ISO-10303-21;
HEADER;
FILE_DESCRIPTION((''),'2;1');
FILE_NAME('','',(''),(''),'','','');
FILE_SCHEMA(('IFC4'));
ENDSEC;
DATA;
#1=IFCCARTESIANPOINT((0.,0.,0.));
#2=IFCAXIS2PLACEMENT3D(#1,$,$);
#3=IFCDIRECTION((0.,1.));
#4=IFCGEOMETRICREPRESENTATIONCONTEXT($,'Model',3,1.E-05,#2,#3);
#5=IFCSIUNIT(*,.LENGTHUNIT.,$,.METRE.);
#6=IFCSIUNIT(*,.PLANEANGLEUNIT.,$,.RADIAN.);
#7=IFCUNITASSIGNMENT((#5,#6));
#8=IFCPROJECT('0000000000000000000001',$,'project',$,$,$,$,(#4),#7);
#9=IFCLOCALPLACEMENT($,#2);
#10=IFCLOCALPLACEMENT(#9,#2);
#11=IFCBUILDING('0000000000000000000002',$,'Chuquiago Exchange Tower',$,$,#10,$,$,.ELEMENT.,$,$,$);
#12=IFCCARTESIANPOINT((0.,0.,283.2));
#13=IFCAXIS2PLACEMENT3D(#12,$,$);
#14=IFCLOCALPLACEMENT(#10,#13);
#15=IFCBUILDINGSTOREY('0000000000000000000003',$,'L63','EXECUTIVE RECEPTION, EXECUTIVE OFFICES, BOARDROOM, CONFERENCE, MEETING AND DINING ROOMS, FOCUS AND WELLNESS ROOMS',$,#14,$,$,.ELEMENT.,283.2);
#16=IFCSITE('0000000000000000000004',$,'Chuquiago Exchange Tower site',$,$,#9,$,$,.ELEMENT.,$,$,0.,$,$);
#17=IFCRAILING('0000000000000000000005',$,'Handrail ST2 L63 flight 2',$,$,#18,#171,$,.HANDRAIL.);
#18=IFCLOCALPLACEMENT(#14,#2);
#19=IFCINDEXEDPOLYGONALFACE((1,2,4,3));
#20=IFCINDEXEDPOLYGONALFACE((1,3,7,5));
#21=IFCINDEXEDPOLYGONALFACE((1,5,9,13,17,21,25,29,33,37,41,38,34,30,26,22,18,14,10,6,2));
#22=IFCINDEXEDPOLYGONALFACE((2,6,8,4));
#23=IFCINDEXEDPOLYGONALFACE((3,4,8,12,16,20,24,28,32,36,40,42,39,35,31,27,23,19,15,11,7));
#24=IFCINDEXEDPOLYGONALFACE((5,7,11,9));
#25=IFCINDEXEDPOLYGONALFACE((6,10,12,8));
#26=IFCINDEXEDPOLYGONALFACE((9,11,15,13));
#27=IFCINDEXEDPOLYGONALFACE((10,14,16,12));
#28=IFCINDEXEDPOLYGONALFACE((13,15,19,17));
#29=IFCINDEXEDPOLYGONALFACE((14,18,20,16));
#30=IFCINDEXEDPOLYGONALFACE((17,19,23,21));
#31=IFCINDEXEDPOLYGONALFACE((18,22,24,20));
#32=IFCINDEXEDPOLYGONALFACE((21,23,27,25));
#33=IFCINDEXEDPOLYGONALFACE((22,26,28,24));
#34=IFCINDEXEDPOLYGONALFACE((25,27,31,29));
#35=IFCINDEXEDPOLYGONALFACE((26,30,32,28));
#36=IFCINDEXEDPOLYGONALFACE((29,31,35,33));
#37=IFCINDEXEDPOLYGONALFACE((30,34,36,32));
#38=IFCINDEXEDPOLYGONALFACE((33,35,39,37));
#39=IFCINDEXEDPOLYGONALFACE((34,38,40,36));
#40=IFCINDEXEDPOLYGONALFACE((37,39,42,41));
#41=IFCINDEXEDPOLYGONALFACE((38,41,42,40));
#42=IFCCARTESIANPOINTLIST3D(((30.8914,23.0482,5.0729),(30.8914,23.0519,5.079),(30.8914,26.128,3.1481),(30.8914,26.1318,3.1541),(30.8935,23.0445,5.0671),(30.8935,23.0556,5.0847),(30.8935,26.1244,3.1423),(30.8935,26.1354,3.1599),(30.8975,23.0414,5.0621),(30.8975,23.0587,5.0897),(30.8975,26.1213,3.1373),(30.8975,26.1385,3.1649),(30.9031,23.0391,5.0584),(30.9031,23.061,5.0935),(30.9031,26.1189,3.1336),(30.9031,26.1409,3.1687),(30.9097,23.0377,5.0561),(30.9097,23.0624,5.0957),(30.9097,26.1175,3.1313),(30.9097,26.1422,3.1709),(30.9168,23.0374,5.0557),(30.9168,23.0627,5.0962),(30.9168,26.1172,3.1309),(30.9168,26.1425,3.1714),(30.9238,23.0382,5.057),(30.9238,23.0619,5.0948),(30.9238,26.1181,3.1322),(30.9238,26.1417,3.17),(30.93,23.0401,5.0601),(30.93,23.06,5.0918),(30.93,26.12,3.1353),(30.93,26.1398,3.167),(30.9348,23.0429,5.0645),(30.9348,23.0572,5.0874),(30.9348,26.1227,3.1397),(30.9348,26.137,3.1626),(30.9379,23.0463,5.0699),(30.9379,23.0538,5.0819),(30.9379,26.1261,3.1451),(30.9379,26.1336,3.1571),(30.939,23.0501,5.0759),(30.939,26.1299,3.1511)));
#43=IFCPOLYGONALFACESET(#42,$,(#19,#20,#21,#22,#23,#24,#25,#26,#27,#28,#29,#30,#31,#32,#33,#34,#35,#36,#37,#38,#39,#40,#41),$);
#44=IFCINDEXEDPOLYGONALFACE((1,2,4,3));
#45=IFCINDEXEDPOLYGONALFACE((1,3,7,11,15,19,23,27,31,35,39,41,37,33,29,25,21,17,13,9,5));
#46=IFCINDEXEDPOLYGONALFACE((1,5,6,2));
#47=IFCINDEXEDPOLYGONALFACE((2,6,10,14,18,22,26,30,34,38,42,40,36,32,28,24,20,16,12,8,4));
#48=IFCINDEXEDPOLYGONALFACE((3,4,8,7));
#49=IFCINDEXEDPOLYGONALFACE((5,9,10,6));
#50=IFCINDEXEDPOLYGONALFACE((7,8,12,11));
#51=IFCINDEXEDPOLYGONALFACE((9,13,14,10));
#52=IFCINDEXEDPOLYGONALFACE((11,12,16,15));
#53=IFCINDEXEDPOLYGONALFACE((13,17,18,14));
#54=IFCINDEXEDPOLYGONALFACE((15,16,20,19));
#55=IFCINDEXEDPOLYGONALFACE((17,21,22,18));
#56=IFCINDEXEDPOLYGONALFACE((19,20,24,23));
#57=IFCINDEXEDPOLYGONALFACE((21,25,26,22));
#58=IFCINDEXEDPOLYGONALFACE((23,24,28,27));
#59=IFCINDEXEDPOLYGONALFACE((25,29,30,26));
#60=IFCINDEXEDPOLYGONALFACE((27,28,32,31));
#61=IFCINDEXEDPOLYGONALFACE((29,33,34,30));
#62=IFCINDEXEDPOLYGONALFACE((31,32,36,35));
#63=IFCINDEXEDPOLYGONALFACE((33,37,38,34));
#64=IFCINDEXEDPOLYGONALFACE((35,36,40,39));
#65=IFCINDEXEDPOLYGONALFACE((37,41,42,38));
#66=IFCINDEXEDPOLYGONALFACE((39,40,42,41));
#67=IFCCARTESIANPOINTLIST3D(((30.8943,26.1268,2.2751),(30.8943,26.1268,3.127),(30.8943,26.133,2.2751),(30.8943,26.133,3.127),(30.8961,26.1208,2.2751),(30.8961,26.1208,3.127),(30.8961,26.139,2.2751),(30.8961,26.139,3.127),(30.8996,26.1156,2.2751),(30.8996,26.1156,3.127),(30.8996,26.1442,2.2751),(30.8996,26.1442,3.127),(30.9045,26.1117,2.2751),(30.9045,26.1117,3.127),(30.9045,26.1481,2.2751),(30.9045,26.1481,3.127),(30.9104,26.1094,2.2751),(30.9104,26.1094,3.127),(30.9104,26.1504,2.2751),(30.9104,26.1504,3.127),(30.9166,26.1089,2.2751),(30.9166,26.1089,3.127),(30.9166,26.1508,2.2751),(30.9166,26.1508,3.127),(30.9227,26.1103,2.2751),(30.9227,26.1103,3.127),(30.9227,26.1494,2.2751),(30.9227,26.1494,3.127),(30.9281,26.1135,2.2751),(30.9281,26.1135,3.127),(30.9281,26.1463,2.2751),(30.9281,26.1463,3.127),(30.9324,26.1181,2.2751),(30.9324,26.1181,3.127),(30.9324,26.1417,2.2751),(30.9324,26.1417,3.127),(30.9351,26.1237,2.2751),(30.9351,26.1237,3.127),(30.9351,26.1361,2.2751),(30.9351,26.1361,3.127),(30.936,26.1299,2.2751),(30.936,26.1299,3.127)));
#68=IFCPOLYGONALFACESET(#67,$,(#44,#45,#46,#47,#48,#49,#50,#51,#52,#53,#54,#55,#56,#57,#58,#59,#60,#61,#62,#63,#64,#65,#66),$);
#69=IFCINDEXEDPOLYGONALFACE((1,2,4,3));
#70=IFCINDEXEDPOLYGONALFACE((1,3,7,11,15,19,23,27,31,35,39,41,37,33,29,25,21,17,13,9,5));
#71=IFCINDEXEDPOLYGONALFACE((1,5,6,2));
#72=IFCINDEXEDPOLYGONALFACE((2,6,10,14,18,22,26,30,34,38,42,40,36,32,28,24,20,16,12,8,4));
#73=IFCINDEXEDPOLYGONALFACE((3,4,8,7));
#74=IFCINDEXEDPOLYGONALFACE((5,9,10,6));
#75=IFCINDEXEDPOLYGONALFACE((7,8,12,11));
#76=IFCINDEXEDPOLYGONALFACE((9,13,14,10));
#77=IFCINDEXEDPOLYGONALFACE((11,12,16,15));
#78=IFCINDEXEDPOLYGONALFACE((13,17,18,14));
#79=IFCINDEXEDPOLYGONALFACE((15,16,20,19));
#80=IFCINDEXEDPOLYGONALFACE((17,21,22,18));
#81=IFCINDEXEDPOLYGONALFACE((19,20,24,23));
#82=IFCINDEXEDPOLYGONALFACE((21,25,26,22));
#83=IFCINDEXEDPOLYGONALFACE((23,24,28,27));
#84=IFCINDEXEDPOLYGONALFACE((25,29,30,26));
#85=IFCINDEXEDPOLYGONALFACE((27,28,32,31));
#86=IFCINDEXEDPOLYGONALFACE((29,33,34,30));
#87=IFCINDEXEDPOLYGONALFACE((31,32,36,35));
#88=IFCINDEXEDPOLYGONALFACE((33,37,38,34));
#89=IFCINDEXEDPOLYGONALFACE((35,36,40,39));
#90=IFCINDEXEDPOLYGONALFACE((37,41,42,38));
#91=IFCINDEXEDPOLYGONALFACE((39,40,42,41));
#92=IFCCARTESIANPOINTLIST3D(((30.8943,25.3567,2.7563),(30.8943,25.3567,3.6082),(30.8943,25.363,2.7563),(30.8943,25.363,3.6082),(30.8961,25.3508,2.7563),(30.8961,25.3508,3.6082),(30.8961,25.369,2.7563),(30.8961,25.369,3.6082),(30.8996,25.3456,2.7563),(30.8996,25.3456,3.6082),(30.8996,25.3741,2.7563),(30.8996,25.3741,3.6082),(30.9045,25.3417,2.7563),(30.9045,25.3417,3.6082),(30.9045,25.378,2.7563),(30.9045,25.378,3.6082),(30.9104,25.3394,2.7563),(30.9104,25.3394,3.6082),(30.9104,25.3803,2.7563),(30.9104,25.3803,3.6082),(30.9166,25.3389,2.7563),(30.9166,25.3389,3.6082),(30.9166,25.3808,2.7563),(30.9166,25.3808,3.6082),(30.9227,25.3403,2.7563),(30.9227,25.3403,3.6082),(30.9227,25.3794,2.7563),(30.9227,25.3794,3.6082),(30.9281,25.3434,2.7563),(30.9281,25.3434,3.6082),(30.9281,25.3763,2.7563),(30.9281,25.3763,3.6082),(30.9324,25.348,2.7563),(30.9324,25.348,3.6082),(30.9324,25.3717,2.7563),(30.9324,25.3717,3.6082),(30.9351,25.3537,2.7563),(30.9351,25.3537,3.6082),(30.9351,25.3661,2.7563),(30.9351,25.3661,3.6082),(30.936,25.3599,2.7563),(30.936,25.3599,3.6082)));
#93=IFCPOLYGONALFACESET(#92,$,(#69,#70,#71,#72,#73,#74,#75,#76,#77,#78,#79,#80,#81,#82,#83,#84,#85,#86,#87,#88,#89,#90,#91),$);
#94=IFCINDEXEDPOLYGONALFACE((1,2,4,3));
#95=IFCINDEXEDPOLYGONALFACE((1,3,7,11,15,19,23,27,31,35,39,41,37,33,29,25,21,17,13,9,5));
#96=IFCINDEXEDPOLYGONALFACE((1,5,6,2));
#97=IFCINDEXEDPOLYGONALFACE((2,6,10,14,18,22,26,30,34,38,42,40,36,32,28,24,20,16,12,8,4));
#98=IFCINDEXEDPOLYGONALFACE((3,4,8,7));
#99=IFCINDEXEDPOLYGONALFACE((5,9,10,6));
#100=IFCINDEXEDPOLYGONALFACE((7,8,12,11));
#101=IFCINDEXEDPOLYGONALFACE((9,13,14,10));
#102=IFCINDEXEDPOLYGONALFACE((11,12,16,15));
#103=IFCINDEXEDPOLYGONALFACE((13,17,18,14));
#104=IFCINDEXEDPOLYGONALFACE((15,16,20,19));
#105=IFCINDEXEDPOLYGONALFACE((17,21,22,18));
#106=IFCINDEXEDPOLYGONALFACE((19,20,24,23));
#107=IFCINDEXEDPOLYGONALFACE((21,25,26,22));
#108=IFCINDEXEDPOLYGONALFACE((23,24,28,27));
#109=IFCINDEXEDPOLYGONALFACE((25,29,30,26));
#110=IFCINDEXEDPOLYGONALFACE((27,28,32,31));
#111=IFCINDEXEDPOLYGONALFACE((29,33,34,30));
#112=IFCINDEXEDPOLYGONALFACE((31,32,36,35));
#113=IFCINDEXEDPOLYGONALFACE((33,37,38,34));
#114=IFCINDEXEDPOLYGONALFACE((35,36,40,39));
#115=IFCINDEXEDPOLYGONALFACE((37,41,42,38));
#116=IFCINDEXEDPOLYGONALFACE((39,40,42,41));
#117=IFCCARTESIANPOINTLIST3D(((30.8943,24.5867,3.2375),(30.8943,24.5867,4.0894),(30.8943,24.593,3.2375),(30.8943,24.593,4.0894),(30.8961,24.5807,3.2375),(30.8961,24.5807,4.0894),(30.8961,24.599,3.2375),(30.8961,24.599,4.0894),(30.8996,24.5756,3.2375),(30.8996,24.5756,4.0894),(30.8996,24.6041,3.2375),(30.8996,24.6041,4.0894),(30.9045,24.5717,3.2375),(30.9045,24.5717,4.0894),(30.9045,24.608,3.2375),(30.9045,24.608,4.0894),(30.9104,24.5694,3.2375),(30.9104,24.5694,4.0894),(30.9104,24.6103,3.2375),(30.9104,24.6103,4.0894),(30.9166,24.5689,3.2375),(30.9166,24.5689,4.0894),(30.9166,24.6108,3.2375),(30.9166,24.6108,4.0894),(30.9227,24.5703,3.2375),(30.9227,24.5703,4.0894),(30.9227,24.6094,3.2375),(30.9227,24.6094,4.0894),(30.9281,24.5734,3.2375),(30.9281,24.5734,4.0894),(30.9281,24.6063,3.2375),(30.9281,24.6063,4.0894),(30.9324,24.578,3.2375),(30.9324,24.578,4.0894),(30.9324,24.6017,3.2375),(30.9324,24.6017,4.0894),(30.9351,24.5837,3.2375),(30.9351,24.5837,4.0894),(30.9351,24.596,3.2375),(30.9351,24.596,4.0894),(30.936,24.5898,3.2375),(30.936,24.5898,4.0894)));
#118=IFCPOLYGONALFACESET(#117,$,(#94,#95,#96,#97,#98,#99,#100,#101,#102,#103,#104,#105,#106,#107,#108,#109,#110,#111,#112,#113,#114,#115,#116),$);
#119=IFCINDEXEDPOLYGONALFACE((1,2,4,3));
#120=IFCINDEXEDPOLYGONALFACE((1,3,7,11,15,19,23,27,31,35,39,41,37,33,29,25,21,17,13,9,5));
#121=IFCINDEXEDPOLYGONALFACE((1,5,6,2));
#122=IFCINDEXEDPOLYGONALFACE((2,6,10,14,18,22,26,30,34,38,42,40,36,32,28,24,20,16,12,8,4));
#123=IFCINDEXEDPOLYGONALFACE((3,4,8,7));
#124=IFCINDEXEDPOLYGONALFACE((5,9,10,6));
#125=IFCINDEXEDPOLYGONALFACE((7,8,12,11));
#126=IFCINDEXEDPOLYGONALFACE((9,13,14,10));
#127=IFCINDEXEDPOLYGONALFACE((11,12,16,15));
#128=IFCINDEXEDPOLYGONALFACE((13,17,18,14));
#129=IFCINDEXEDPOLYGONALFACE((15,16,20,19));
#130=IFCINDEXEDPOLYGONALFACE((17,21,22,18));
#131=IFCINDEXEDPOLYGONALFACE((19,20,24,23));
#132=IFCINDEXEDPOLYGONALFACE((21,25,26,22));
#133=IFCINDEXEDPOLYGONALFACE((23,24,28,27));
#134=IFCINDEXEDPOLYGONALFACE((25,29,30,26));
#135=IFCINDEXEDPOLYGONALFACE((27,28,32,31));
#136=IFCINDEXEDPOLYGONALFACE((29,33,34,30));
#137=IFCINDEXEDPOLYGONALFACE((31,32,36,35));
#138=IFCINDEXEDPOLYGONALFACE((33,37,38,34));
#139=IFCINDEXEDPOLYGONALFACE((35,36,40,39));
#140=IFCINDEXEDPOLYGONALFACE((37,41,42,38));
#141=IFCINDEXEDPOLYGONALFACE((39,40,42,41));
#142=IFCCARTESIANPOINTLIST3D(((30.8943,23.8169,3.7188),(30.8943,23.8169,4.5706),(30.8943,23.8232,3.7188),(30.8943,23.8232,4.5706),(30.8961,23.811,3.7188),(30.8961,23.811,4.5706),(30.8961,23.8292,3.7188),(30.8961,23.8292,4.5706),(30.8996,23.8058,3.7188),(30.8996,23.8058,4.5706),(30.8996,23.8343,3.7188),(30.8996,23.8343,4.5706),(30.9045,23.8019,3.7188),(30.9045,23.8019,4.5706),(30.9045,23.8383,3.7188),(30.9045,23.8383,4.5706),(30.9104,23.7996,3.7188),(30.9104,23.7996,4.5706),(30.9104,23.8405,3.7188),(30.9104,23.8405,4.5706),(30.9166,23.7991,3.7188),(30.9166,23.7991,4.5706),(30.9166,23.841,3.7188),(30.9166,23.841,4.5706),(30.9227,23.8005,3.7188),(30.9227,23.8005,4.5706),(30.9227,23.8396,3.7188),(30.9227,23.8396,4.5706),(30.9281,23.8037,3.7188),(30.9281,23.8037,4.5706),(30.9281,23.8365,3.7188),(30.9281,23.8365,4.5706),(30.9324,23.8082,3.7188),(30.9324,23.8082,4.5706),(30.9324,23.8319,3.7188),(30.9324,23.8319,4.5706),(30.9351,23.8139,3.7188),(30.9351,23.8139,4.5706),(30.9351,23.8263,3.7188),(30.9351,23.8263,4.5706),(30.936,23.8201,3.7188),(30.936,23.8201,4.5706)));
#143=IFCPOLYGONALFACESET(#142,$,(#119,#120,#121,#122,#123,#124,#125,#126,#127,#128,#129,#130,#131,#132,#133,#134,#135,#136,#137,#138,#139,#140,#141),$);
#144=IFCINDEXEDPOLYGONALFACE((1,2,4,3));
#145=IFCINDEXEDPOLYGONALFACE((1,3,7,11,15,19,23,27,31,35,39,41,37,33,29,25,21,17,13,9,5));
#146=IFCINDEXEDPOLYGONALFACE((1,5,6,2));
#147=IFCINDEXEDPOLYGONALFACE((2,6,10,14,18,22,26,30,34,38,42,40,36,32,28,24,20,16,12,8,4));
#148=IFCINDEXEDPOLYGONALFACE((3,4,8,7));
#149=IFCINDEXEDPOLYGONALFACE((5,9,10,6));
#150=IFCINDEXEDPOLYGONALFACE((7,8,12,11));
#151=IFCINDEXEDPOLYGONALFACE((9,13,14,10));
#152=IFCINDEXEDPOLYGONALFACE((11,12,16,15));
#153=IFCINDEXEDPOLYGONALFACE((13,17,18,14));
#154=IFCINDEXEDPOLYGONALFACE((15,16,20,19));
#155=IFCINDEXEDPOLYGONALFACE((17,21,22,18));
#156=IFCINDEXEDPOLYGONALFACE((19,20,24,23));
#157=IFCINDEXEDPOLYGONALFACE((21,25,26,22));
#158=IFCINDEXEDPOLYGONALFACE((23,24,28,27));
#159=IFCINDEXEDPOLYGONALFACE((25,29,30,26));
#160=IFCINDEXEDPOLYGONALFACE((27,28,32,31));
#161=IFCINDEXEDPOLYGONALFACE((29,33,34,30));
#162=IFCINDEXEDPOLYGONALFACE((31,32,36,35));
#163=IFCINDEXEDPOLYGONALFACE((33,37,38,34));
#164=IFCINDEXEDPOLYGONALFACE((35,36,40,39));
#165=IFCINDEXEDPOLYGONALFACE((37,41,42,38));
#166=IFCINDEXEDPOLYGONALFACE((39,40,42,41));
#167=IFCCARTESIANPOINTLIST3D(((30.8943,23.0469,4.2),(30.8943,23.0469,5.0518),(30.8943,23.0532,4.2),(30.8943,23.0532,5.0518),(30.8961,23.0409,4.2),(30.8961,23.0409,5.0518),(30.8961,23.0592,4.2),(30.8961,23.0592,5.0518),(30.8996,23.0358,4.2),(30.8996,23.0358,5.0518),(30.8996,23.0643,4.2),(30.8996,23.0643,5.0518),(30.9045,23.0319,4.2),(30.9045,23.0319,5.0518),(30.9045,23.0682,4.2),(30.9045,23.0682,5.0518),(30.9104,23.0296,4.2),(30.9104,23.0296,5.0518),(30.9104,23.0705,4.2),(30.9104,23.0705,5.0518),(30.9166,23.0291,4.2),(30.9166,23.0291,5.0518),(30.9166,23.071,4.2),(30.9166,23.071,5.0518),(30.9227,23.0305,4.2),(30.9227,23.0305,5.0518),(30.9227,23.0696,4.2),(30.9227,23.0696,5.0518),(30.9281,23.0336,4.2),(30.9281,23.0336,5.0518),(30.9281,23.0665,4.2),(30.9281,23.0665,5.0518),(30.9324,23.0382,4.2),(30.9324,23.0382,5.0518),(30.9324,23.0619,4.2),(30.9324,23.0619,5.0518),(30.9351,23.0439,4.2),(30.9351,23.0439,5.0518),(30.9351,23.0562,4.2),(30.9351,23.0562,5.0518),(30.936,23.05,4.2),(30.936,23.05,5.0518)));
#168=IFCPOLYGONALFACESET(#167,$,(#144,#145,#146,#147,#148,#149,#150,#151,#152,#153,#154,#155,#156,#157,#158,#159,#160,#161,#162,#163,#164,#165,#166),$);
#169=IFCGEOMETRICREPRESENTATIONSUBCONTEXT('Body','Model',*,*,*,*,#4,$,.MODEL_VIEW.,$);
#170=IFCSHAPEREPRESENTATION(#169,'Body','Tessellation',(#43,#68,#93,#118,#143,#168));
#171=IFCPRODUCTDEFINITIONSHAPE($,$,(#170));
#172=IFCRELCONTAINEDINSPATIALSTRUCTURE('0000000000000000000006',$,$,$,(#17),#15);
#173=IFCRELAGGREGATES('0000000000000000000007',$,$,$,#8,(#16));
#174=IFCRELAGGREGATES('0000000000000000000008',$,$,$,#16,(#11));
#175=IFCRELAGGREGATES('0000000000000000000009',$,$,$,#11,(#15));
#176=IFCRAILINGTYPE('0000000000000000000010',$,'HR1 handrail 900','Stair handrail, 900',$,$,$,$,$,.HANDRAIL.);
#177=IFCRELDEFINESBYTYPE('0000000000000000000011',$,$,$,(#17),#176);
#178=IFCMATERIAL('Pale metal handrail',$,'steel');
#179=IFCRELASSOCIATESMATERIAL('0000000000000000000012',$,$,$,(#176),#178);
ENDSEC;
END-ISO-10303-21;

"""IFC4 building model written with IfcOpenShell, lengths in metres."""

from ifc_helpers import new_model, si_unit, direction, frame, origin, origin_2d, place, context, subcontext, project, spatial, circle, extrude, material, type_object, element, save


model = new_model("IFC4")

# Units and contexts
model_context = context("Model", 3, precision=1e-05, world=origin(), true_north=direction((0.0, 1.0)))
body_context = subcontext(model_context, "Body", "Model", "MODEL_VIEW")
ifc_project = project(units=[si_unit("LENGTHUNIT", "METRE"), si_unit("PLANEANGLEUNIT", "RADIAN")], contexts=[model_context])

# Site, building, storey
site_placement = place(None, origin())
site = spatial("IfcSite", under=ifc_project, at=site_placement, Name="Chuquiago Exchange Tower site", CompositionType="ELEMENT", RefElevation=0.0)
building_placement = place(site_placement, origin())
building = spatial("IfcBuilding", under=site, at=building_placement, Name="Chuquiago Exchange Tower", CompositionType="ELEMENT")
storey_placement = place(building_placement, frame((0.0, 0.0, 283.2)))
storey = spatial("IfcBuildingStorey", under=building, at=storey_placement, Name="L63", Description="EXECUTIVE RECEPTION, EXECUTIVE OFFICES, BOARDROOM, CONFERENCE, MEETING AND DINING ROOMS, FOCUS AND WELLNESS ROOMS", CompositionType="ELEMENT", Elevation=283.2)

# Railing
ifc_material_1 = material(Name="Pale metal handrail", Category="steel")
railing_type_1 = type_object("IfcRailingType", Name="HR1 handrail 900", Description="Stair handrail, 900", PredefinedType="HANDRAIL", material=ifc_material_1)
for number, where, name in (
    (1, (30.915, 26.1299, 2.2751), "Handrail ST2 L63 flight 2"),
):
    element("IfcRailing", number, at=place(storey_placement, frame(where)), inside=storey, type_object=railing_type_1, Name=name, PredefinedType="HANDRAIL", context=body_context, shape_type="SweptSolid", body=[
        extrude(circle(Radius=0.0239, at=origin_2d()), frame((0.0, 0.0, 0.876), z_axis=(0.0, -0.84801, 0.529981), x_axis=(1.0, 0.0, 0.0)), (0.0, 0.0, 1.0), 3.6318),
        extrude(circle(Radius=0.021, at=origin_2d()), origin(), (0.0, 0.0, 1.0), 0.8518),
        extrude(circle(Radius=0.021, at=origin_2d()), frame((0.0, -0.77, 0.4812)), (0.0, 0.0, 1.0), 0.8518),
        extrude(circle(Radius=0.021, at=origin_2d()), frame((0.0, -1.54, 0.9624)), (0.0, 0.0, 1.0), 0.8518),
        extrude(circle(Radius=0.021, at=origin_2d()), frame((0.0, -2.3098, 1.4436)), (0.0, 0.0, 1.0), 0.8518),
        extrude(circle(Radius=0.021, at=origin_2d()), frame((0.0, -3.0798, 1.9248)), (0.0, 0.0, 1.0), 0.8518),
    ])

save(model, "model.ifc")
